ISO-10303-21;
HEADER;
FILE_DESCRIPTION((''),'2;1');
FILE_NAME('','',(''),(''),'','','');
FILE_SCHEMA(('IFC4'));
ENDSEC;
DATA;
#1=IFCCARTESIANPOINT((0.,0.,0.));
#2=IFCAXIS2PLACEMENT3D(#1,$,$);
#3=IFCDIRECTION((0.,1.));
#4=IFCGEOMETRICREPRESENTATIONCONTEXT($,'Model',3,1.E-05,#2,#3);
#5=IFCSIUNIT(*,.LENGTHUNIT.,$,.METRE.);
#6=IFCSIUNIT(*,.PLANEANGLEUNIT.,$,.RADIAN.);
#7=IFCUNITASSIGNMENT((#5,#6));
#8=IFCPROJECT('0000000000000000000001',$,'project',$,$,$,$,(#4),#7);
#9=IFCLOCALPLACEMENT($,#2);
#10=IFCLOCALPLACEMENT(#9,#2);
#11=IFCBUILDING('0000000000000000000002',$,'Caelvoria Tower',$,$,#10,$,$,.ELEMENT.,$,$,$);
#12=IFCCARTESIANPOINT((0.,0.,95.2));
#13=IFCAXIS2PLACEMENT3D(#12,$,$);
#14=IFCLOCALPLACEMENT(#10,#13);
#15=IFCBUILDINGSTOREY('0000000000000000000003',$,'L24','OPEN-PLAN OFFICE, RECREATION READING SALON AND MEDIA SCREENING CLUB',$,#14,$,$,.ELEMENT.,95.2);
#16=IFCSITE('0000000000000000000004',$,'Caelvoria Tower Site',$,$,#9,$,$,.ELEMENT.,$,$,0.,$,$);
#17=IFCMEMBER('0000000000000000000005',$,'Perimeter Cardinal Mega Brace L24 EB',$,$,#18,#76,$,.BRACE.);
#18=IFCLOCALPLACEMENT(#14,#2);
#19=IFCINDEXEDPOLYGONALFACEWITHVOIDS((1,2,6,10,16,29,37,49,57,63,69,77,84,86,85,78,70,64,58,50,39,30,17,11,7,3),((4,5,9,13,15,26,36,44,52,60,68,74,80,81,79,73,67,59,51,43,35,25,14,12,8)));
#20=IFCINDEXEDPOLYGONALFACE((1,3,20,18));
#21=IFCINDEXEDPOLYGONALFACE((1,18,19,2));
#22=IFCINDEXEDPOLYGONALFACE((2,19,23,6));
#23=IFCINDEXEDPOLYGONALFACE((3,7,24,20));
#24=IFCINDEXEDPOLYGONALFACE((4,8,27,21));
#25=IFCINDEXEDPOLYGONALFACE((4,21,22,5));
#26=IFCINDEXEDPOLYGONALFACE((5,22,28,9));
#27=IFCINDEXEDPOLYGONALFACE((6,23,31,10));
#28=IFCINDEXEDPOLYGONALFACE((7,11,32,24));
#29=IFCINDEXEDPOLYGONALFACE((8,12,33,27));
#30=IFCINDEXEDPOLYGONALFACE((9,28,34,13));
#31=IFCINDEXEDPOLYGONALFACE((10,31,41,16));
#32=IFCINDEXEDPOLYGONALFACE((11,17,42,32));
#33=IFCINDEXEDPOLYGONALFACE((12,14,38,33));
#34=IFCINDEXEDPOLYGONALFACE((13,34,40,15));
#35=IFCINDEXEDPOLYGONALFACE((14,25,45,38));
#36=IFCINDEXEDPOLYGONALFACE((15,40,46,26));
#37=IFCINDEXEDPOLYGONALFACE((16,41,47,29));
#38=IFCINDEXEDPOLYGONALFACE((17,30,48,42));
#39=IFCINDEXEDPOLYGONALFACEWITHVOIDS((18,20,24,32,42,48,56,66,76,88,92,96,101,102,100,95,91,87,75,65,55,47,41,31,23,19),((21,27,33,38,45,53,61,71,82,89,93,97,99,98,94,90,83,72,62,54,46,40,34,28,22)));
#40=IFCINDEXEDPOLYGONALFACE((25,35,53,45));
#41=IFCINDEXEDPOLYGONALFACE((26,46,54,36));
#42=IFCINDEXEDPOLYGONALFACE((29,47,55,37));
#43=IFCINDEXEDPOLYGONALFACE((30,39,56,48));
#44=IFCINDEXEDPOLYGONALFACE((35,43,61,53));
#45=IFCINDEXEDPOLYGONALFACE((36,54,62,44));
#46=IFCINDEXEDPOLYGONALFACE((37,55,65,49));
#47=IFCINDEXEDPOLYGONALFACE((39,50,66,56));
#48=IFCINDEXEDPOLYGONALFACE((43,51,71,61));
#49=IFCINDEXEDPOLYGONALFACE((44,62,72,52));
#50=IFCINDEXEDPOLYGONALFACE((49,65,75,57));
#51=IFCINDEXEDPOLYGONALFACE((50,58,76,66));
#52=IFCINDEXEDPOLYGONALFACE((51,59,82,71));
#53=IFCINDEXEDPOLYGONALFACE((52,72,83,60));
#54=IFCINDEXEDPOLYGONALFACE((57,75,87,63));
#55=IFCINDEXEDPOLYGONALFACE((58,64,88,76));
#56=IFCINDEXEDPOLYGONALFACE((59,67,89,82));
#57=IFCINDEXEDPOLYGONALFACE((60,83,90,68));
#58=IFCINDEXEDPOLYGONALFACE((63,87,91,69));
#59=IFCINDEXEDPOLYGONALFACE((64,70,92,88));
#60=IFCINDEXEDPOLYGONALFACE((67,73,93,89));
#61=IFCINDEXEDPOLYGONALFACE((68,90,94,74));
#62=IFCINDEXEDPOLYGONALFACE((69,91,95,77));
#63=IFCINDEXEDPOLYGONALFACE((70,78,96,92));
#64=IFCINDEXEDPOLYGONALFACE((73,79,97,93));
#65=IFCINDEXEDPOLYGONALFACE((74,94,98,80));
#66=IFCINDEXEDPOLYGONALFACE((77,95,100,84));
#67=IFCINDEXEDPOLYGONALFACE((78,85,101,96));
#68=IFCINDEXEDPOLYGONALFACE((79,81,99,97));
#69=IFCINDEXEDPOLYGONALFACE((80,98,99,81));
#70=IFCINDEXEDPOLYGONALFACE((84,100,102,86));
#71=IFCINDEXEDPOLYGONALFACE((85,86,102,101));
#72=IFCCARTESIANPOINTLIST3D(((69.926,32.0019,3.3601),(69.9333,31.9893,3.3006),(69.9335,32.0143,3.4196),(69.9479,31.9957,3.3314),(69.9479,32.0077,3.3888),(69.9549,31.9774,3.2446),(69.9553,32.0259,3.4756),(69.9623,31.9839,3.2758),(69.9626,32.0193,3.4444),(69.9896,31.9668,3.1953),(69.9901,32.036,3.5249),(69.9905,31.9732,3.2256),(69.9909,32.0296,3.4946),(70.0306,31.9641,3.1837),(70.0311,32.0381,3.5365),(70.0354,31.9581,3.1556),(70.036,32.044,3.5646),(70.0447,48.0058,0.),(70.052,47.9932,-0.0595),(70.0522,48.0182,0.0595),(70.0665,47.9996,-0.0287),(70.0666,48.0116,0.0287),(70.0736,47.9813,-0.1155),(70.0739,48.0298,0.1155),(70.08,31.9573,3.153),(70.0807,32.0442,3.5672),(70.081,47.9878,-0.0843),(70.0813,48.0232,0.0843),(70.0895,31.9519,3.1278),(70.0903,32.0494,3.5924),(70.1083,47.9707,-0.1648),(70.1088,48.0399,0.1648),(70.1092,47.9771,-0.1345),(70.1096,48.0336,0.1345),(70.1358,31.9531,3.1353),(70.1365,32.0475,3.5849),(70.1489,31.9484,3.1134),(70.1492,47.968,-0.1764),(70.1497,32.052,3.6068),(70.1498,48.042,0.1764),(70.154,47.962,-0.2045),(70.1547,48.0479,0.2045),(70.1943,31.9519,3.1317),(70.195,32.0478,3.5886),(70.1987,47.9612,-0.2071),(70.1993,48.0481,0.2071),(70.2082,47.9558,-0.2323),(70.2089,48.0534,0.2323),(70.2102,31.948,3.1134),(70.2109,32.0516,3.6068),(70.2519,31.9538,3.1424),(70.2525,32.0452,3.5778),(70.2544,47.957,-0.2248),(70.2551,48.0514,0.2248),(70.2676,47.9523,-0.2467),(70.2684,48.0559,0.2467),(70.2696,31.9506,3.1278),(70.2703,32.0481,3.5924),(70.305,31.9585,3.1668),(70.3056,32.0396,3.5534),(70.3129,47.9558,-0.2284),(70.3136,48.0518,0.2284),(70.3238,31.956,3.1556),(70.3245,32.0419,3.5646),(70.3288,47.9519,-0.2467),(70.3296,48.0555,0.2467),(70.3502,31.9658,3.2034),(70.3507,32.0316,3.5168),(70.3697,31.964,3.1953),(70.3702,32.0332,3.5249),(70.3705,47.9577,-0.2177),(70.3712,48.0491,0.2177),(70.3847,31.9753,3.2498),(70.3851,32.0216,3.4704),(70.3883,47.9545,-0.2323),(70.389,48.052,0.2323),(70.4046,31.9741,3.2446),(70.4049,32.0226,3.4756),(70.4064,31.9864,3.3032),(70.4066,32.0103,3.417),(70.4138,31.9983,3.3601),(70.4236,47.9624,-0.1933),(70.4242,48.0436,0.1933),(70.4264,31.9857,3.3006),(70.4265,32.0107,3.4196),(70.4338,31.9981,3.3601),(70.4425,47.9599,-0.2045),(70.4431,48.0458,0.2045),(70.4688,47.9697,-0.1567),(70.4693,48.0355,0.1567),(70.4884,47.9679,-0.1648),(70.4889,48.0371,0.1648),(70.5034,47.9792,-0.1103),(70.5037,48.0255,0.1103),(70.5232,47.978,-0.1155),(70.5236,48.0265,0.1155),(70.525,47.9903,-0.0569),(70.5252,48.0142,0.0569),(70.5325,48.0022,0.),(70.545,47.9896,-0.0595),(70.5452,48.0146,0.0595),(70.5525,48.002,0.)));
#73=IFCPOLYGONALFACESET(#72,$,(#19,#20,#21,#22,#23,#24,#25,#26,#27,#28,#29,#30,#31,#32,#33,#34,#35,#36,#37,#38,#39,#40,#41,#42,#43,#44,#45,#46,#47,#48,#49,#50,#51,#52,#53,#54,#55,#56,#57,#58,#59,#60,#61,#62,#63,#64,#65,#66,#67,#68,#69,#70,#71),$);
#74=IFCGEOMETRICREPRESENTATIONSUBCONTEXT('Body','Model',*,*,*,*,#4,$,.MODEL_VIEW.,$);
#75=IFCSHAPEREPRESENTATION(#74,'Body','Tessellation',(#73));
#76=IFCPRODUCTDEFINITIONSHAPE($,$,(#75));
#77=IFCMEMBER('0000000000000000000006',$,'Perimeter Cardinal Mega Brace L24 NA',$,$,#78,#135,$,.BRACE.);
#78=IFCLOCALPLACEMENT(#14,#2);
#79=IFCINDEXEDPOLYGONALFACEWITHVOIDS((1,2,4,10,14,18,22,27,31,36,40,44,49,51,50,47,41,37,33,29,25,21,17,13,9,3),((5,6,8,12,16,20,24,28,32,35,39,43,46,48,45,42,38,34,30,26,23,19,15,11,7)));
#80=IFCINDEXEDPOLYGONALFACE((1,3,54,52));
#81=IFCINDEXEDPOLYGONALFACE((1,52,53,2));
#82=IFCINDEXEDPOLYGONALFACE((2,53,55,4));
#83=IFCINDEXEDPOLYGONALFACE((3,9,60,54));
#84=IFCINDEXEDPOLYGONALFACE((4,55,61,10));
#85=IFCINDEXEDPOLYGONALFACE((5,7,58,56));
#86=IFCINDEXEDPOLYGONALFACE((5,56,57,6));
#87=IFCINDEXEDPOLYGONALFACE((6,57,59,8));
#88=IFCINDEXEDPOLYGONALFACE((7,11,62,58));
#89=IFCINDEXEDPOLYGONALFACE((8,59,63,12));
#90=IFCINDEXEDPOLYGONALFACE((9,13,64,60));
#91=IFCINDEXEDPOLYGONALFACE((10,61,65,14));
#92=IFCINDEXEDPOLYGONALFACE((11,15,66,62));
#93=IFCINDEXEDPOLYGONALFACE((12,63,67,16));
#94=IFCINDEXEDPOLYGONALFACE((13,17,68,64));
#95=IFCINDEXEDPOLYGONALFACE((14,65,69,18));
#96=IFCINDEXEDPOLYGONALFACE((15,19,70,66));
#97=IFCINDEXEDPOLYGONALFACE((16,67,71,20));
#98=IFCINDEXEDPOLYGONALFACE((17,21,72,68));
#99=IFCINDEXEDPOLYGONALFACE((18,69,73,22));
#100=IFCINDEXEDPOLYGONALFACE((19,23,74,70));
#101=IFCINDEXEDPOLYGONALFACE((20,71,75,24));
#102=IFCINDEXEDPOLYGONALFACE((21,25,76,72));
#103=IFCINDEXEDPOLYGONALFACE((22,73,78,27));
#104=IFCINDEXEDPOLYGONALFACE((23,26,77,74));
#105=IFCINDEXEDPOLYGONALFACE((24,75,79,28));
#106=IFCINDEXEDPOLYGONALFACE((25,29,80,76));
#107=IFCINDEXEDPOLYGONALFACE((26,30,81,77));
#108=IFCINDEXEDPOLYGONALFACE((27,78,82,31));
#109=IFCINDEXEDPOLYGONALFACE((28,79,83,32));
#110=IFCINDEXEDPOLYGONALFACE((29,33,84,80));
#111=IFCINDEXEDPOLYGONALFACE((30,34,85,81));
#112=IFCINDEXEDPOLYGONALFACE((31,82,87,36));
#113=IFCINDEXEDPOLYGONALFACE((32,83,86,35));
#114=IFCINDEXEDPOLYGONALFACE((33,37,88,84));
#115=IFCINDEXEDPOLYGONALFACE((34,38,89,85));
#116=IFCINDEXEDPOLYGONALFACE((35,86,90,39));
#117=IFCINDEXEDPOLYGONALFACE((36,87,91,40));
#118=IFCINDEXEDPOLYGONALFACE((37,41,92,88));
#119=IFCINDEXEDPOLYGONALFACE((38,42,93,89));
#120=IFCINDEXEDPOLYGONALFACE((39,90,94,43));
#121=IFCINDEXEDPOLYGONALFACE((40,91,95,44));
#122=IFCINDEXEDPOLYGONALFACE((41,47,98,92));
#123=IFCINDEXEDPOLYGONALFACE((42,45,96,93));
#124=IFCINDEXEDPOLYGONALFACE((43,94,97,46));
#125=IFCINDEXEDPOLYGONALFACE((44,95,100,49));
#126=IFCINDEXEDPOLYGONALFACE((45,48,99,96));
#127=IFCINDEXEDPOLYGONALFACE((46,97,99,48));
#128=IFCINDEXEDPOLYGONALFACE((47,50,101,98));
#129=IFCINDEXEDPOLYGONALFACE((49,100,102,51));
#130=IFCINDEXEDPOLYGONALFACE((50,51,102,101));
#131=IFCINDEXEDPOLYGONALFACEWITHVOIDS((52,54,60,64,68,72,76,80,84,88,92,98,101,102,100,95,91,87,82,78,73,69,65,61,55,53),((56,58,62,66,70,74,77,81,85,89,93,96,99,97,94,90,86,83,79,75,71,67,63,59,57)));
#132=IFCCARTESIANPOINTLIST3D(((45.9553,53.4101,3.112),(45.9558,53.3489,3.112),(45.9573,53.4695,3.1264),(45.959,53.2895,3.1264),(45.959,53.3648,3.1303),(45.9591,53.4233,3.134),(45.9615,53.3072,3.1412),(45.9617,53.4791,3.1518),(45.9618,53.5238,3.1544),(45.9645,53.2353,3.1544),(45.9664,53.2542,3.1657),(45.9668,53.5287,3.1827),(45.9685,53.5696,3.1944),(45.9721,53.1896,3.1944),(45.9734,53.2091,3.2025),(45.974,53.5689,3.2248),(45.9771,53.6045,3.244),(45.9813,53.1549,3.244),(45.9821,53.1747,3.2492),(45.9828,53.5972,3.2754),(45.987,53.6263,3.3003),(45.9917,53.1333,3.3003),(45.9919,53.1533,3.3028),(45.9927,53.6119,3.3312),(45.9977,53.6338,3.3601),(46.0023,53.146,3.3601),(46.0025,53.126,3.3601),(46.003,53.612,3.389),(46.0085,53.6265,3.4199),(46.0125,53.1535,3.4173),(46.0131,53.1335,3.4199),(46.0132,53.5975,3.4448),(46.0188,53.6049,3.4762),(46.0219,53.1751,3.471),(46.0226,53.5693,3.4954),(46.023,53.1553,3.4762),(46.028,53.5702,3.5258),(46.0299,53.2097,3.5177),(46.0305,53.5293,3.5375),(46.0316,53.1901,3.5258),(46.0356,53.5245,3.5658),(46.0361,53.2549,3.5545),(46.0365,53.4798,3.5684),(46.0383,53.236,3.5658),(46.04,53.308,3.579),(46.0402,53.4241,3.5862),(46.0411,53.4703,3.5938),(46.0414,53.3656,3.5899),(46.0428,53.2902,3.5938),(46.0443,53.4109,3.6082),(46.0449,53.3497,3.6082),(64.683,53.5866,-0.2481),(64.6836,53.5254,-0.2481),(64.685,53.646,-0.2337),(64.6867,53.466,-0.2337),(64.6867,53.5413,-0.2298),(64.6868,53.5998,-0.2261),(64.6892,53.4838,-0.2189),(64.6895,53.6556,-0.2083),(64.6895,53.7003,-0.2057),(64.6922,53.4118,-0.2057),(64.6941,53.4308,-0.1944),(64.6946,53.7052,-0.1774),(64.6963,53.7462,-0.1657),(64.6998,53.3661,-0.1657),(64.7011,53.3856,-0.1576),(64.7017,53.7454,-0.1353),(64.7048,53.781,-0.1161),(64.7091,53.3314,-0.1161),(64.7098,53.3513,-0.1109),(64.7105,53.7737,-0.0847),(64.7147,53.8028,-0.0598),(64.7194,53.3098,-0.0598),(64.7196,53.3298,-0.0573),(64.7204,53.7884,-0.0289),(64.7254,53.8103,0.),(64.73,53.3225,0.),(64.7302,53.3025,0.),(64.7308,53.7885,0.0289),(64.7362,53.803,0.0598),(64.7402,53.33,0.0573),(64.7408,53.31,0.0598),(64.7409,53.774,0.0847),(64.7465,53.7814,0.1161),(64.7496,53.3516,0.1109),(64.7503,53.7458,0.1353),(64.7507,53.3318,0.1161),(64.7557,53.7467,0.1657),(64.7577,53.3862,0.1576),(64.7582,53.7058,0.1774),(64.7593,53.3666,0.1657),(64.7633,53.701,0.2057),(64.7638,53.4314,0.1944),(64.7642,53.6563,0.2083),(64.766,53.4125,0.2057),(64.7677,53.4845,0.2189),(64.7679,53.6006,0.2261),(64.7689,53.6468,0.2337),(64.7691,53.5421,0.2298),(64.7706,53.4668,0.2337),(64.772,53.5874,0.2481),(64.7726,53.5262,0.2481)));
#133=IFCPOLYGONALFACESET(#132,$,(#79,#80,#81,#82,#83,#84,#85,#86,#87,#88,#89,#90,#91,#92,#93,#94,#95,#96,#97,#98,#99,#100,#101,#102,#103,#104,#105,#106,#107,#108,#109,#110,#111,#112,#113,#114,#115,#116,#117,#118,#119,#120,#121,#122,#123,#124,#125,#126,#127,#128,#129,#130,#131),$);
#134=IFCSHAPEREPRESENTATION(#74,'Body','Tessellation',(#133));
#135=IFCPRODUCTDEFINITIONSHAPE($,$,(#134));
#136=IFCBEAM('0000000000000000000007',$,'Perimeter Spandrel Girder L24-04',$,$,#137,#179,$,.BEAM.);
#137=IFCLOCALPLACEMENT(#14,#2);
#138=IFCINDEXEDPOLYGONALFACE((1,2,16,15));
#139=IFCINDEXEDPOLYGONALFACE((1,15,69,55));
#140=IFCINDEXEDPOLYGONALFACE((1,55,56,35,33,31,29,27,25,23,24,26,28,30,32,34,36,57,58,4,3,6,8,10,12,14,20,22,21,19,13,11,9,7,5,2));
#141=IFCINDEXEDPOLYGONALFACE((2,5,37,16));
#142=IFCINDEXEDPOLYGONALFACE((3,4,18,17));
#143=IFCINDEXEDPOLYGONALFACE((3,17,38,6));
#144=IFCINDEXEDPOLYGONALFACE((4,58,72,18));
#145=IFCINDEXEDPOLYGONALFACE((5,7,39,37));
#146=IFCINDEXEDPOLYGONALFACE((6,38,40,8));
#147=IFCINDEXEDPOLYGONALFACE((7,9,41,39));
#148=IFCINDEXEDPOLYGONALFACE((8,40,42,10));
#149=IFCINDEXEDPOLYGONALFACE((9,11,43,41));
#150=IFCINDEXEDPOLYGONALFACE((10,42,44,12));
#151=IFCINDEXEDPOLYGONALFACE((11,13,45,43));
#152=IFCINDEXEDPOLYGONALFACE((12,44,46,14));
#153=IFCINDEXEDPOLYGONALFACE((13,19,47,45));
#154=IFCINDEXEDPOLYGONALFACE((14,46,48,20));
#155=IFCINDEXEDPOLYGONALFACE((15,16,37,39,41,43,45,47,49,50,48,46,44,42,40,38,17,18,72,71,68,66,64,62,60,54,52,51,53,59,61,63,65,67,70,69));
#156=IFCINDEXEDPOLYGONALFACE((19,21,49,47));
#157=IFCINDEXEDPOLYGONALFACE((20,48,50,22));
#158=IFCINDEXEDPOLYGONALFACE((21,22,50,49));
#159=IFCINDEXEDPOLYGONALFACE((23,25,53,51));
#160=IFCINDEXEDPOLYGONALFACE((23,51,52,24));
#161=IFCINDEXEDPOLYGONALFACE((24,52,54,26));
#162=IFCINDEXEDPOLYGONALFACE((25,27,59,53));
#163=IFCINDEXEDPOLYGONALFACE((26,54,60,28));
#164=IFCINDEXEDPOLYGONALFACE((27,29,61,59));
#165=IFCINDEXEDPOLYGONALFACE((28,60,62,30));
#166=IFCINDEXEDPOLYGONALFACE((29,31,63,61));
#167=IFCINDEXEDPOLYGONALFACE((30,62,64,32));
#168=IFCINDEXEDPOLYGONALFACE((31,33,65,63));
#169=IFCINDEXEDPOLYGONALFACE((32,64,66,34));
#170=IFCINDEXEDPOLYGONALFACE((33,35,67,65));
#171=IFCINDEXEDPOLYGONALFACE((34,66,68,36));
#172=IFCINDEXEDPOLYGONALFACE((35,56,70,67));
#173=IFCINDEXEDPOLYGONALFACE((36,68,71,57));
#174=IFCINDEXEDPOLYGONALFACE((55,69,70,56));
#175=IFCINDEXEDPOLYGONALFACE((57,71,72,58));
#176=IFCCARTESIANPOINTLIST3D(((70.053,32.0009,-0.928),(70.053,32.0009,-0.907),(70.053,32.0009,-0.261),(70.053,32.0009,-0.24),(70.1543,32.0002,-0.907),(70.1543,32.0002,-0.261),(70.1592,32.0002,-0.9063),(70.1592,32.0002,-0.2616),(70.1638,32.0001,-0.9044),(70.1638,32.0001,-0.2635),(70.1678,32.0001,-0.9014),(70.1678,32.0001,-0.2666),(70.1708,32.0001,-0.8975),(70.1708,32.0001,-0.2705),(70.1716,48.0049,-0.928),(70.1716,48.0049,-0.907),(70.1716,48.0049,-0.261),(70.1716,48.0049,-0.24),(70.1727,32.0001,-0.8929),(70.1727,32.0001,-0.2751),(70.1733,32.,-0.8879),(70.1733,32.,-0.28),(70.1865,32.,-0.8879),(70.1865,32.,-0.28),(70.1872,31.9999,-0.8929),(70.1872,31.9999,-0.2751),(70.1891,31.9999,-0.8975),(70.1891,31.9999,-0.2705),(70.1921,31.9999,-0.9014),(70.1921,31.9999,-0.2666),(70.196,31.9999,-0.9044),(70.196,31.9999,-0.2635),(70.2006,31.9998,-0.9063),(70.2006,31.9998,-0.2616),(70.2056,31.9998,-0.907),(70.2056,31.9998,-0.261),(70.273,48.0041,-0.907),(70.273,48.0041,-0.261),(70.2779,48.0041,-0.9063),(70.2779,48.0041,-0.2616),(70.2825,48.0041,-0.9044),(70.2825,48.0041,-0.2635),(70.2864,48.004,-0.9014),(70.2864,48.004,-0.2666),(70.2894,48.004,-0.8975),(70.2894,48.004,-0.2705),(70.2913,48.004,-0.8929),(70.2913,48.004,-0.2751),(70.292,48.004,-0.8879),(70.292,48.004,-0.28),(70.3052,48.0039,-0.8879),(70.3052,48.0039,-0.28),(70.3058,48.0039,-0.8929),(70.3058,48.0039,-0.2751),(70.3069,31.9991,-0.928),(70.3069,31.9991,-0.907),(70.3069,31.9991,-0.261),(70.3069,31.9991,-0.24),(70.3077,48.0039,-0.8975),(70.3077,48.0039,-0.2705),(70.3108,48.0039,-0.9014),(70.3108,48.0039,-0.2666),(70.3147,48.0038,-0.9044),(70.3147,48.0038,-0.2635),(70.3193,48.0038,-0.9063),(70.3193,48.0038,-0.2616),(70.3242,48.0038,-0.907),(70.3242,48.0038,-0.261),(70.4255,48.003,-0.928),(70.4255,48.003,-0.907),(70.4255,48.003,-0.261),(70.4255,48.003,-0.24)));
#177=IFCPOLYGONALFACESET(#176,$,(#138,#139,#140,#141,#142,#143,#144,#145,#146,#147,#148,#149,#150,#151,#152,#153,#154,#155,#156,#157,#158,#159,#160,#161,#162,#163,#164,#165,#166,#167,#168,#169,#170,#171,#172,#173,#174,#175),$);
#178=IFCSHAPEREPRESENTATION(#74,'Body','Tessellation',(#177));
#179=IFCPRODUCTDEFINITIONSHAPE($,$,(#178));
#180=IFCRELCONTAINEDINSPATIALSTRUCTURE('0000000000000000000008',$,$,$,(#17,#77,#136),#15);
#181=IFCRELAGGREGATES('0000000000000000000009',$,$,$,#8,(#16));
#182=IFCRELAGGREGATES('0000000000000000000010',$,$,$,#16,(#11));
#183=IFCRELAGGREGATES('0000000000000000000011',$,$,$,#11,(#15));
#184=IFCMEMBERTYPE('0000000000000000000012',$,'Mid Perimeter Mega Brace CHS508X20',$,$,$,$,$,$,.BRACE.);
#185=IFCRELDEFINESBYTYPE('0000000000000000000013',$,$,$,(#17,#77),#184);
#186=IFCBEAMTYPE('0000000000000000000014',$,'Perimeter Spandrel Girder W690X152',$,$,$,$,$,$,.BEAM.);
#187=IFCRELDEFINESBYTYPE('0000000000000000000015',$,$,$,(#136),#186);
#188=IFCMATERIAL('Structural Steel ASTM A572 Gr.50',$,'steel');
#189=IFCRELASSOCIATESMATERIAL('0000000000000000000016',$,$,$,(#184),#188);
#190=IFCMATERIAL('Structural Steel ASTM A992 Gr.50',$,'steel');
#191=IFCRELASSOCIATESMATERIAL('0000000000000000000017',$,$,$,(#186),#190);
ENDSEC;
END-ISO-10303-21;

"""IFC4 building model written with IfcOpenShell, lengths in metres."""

from ifc_helpers import new_model, si_unit, direction, frame, origin, origin_2d, place, context, subcontext, project, spatial, hollow_circle, i_section, extrude, material, material_profile, profile_set, type_object, element, save


model = new_model("IFC4")

# Units and contexts
model_context = context("Model", 3, precision=1e-05, world=origin(), true_north=direction((0.0, 1.0)))
body_context = subcontext(model_context, "Body", "Model", "MODEL_VIEW")
ifc_project = project(units=[si_unit("LENGTHUNIT", "METRE"), si_unit("PLANEANGLEUNIT", "RADIAN")], contexts=[model_context])

# Site, building, storey
site_placement = place(None, origin())
site = spatial("IfcSite", under=ifc_project, at=site_placement, Name="Caelvoria Tower Site", CompositionType="ELEMENT", RefElevation=0.0)
building_placement = place(site_placement, origin())
building = spatial("IfcBuilding", under=site, at=building_placement, Name="Caelvoria Tower", CompositionType="ELEMENT")
storey_placement = place(building_placement, frame((0.0, 0.0, 95.2)))
storey = spatial("IfcBuildingStorey", under=building, at=storey_placement, Name="L24", Description="OPEN-PLAN OFFICE, RECREATION READING SALON AND MEDIA SCREENING CLUB", CompositionType="ELEMENT", Elevation=95.2)

# Shared definitions
ifc_material_1 = material(Name="Structural Steel ASTM A572 Gr.50", Category="steel")

# Members
ifc_material_profile_1 = material_profile(ifc_material_1, hollow_circle(Radius=0.2539, WallThickness=0.02, at=origin_2d()), Name="Structural Steel ASTM A572 Gr.50")
ifc_profile_set_1 = profile_set([ifc_material_profile_1], Name="CHS508X20 - Structural Steel ASTM A572 Gr.50")
member_type = type_object("IfcMemberType", Name="Mid Perimeter Mega Brace CHS508X20", PredefinedType="BRACE", material=ifc_profile_set_1)
member_1_placement = place(storey_placement, frame((70.2986, 48.0039, 0.0), z_axis=(-0.007256, -0.978637, 0.20547), x_axis=(0.999973, -0.007414, 0.0)))
element("IfcMember", 1, at=member_1_placement, inside=storey, type_object=member_type, Name="Perimeter Cardinal Mega Brace L24 EB", PredefinedType="BRACE", context=body_context, shape_type="SweptSolid", body=[
    extrude(hollow_circle(Radius=0.2539, WallThickness=0.02, at=origin_2d()), origin(), (0.0, 0.0, 1.0), 16.3533),
])
member_2_placement = place(storey_placement, frame((64.7278, 53.5564, 0.0), z_axis=(-0.984241, -0.009277, 0.176591), x_axis=(0.009425, -0.999956, 0.0)))
element("IfcMember", 2, at=member_2_placement, inside=storey, type_object=member_type, Name="Perimeter Cardinal Mega Brace L24 NA", PredefinedType="BRACE", context=body_context, shape_type="SweptSolid", body=[
    extrude(hollow_circle(Radius=0.2539, WallThickness=0.02, at=origin_2d()), origin(), (0.0, 0.0, 1.0), 19.0276),
])

# Beam
ifc_material_2 = material(Name="Structural Steel ASTM A992 Gr.50", Category="steel")
ifc_material_profile_2 = material_profile(ifc_material_2, i_section(OverallWidth=0.2539, OverallDepth=0.688, WebThickness=0.0132, FlangeThickness=0.021, FilletRadius=0.019, at=origin_2d()), Name="Structural Steel ASTM A992 Gr.50")
ifc_profile_set_2 = profile_set([ifc_material_profile_2], Name="W690X152 - Structural Steel ASTM A992 Gr.50")
beam_type_1 = type_object("IfcBeamType", Name="Perimeter Spandrel Girder W690X152", PredefinedType="BEAM", material=ifc_profile_set_2)
beam_1_placement = place(storey_placement, frame((70.1799, 32.0, -0.584), z_axis=(0.007414, 0.999973, 0.0), x_axis=(-0.999973, 0.007414, 0.0)))
element("IfcBeam", 3, at=beam_1_placement, inside=storey, type_object=beam_type_1, Name="Perimeter Spandrel Girder L24-04", PredefinedType="BEAM", context=body_context, shape_type="SweptSolid", body=[
    extrude(i_section(OverallWidth=0.2539, OverallDepth=0.688, WebThickness=0.0132, FlangeThickness=0.021, FilletRadius=0.019, at=origin_2d()), origin(), (0.0, 0.0, 1.0), 16.0044),
])

save(model, "model.ifc")
